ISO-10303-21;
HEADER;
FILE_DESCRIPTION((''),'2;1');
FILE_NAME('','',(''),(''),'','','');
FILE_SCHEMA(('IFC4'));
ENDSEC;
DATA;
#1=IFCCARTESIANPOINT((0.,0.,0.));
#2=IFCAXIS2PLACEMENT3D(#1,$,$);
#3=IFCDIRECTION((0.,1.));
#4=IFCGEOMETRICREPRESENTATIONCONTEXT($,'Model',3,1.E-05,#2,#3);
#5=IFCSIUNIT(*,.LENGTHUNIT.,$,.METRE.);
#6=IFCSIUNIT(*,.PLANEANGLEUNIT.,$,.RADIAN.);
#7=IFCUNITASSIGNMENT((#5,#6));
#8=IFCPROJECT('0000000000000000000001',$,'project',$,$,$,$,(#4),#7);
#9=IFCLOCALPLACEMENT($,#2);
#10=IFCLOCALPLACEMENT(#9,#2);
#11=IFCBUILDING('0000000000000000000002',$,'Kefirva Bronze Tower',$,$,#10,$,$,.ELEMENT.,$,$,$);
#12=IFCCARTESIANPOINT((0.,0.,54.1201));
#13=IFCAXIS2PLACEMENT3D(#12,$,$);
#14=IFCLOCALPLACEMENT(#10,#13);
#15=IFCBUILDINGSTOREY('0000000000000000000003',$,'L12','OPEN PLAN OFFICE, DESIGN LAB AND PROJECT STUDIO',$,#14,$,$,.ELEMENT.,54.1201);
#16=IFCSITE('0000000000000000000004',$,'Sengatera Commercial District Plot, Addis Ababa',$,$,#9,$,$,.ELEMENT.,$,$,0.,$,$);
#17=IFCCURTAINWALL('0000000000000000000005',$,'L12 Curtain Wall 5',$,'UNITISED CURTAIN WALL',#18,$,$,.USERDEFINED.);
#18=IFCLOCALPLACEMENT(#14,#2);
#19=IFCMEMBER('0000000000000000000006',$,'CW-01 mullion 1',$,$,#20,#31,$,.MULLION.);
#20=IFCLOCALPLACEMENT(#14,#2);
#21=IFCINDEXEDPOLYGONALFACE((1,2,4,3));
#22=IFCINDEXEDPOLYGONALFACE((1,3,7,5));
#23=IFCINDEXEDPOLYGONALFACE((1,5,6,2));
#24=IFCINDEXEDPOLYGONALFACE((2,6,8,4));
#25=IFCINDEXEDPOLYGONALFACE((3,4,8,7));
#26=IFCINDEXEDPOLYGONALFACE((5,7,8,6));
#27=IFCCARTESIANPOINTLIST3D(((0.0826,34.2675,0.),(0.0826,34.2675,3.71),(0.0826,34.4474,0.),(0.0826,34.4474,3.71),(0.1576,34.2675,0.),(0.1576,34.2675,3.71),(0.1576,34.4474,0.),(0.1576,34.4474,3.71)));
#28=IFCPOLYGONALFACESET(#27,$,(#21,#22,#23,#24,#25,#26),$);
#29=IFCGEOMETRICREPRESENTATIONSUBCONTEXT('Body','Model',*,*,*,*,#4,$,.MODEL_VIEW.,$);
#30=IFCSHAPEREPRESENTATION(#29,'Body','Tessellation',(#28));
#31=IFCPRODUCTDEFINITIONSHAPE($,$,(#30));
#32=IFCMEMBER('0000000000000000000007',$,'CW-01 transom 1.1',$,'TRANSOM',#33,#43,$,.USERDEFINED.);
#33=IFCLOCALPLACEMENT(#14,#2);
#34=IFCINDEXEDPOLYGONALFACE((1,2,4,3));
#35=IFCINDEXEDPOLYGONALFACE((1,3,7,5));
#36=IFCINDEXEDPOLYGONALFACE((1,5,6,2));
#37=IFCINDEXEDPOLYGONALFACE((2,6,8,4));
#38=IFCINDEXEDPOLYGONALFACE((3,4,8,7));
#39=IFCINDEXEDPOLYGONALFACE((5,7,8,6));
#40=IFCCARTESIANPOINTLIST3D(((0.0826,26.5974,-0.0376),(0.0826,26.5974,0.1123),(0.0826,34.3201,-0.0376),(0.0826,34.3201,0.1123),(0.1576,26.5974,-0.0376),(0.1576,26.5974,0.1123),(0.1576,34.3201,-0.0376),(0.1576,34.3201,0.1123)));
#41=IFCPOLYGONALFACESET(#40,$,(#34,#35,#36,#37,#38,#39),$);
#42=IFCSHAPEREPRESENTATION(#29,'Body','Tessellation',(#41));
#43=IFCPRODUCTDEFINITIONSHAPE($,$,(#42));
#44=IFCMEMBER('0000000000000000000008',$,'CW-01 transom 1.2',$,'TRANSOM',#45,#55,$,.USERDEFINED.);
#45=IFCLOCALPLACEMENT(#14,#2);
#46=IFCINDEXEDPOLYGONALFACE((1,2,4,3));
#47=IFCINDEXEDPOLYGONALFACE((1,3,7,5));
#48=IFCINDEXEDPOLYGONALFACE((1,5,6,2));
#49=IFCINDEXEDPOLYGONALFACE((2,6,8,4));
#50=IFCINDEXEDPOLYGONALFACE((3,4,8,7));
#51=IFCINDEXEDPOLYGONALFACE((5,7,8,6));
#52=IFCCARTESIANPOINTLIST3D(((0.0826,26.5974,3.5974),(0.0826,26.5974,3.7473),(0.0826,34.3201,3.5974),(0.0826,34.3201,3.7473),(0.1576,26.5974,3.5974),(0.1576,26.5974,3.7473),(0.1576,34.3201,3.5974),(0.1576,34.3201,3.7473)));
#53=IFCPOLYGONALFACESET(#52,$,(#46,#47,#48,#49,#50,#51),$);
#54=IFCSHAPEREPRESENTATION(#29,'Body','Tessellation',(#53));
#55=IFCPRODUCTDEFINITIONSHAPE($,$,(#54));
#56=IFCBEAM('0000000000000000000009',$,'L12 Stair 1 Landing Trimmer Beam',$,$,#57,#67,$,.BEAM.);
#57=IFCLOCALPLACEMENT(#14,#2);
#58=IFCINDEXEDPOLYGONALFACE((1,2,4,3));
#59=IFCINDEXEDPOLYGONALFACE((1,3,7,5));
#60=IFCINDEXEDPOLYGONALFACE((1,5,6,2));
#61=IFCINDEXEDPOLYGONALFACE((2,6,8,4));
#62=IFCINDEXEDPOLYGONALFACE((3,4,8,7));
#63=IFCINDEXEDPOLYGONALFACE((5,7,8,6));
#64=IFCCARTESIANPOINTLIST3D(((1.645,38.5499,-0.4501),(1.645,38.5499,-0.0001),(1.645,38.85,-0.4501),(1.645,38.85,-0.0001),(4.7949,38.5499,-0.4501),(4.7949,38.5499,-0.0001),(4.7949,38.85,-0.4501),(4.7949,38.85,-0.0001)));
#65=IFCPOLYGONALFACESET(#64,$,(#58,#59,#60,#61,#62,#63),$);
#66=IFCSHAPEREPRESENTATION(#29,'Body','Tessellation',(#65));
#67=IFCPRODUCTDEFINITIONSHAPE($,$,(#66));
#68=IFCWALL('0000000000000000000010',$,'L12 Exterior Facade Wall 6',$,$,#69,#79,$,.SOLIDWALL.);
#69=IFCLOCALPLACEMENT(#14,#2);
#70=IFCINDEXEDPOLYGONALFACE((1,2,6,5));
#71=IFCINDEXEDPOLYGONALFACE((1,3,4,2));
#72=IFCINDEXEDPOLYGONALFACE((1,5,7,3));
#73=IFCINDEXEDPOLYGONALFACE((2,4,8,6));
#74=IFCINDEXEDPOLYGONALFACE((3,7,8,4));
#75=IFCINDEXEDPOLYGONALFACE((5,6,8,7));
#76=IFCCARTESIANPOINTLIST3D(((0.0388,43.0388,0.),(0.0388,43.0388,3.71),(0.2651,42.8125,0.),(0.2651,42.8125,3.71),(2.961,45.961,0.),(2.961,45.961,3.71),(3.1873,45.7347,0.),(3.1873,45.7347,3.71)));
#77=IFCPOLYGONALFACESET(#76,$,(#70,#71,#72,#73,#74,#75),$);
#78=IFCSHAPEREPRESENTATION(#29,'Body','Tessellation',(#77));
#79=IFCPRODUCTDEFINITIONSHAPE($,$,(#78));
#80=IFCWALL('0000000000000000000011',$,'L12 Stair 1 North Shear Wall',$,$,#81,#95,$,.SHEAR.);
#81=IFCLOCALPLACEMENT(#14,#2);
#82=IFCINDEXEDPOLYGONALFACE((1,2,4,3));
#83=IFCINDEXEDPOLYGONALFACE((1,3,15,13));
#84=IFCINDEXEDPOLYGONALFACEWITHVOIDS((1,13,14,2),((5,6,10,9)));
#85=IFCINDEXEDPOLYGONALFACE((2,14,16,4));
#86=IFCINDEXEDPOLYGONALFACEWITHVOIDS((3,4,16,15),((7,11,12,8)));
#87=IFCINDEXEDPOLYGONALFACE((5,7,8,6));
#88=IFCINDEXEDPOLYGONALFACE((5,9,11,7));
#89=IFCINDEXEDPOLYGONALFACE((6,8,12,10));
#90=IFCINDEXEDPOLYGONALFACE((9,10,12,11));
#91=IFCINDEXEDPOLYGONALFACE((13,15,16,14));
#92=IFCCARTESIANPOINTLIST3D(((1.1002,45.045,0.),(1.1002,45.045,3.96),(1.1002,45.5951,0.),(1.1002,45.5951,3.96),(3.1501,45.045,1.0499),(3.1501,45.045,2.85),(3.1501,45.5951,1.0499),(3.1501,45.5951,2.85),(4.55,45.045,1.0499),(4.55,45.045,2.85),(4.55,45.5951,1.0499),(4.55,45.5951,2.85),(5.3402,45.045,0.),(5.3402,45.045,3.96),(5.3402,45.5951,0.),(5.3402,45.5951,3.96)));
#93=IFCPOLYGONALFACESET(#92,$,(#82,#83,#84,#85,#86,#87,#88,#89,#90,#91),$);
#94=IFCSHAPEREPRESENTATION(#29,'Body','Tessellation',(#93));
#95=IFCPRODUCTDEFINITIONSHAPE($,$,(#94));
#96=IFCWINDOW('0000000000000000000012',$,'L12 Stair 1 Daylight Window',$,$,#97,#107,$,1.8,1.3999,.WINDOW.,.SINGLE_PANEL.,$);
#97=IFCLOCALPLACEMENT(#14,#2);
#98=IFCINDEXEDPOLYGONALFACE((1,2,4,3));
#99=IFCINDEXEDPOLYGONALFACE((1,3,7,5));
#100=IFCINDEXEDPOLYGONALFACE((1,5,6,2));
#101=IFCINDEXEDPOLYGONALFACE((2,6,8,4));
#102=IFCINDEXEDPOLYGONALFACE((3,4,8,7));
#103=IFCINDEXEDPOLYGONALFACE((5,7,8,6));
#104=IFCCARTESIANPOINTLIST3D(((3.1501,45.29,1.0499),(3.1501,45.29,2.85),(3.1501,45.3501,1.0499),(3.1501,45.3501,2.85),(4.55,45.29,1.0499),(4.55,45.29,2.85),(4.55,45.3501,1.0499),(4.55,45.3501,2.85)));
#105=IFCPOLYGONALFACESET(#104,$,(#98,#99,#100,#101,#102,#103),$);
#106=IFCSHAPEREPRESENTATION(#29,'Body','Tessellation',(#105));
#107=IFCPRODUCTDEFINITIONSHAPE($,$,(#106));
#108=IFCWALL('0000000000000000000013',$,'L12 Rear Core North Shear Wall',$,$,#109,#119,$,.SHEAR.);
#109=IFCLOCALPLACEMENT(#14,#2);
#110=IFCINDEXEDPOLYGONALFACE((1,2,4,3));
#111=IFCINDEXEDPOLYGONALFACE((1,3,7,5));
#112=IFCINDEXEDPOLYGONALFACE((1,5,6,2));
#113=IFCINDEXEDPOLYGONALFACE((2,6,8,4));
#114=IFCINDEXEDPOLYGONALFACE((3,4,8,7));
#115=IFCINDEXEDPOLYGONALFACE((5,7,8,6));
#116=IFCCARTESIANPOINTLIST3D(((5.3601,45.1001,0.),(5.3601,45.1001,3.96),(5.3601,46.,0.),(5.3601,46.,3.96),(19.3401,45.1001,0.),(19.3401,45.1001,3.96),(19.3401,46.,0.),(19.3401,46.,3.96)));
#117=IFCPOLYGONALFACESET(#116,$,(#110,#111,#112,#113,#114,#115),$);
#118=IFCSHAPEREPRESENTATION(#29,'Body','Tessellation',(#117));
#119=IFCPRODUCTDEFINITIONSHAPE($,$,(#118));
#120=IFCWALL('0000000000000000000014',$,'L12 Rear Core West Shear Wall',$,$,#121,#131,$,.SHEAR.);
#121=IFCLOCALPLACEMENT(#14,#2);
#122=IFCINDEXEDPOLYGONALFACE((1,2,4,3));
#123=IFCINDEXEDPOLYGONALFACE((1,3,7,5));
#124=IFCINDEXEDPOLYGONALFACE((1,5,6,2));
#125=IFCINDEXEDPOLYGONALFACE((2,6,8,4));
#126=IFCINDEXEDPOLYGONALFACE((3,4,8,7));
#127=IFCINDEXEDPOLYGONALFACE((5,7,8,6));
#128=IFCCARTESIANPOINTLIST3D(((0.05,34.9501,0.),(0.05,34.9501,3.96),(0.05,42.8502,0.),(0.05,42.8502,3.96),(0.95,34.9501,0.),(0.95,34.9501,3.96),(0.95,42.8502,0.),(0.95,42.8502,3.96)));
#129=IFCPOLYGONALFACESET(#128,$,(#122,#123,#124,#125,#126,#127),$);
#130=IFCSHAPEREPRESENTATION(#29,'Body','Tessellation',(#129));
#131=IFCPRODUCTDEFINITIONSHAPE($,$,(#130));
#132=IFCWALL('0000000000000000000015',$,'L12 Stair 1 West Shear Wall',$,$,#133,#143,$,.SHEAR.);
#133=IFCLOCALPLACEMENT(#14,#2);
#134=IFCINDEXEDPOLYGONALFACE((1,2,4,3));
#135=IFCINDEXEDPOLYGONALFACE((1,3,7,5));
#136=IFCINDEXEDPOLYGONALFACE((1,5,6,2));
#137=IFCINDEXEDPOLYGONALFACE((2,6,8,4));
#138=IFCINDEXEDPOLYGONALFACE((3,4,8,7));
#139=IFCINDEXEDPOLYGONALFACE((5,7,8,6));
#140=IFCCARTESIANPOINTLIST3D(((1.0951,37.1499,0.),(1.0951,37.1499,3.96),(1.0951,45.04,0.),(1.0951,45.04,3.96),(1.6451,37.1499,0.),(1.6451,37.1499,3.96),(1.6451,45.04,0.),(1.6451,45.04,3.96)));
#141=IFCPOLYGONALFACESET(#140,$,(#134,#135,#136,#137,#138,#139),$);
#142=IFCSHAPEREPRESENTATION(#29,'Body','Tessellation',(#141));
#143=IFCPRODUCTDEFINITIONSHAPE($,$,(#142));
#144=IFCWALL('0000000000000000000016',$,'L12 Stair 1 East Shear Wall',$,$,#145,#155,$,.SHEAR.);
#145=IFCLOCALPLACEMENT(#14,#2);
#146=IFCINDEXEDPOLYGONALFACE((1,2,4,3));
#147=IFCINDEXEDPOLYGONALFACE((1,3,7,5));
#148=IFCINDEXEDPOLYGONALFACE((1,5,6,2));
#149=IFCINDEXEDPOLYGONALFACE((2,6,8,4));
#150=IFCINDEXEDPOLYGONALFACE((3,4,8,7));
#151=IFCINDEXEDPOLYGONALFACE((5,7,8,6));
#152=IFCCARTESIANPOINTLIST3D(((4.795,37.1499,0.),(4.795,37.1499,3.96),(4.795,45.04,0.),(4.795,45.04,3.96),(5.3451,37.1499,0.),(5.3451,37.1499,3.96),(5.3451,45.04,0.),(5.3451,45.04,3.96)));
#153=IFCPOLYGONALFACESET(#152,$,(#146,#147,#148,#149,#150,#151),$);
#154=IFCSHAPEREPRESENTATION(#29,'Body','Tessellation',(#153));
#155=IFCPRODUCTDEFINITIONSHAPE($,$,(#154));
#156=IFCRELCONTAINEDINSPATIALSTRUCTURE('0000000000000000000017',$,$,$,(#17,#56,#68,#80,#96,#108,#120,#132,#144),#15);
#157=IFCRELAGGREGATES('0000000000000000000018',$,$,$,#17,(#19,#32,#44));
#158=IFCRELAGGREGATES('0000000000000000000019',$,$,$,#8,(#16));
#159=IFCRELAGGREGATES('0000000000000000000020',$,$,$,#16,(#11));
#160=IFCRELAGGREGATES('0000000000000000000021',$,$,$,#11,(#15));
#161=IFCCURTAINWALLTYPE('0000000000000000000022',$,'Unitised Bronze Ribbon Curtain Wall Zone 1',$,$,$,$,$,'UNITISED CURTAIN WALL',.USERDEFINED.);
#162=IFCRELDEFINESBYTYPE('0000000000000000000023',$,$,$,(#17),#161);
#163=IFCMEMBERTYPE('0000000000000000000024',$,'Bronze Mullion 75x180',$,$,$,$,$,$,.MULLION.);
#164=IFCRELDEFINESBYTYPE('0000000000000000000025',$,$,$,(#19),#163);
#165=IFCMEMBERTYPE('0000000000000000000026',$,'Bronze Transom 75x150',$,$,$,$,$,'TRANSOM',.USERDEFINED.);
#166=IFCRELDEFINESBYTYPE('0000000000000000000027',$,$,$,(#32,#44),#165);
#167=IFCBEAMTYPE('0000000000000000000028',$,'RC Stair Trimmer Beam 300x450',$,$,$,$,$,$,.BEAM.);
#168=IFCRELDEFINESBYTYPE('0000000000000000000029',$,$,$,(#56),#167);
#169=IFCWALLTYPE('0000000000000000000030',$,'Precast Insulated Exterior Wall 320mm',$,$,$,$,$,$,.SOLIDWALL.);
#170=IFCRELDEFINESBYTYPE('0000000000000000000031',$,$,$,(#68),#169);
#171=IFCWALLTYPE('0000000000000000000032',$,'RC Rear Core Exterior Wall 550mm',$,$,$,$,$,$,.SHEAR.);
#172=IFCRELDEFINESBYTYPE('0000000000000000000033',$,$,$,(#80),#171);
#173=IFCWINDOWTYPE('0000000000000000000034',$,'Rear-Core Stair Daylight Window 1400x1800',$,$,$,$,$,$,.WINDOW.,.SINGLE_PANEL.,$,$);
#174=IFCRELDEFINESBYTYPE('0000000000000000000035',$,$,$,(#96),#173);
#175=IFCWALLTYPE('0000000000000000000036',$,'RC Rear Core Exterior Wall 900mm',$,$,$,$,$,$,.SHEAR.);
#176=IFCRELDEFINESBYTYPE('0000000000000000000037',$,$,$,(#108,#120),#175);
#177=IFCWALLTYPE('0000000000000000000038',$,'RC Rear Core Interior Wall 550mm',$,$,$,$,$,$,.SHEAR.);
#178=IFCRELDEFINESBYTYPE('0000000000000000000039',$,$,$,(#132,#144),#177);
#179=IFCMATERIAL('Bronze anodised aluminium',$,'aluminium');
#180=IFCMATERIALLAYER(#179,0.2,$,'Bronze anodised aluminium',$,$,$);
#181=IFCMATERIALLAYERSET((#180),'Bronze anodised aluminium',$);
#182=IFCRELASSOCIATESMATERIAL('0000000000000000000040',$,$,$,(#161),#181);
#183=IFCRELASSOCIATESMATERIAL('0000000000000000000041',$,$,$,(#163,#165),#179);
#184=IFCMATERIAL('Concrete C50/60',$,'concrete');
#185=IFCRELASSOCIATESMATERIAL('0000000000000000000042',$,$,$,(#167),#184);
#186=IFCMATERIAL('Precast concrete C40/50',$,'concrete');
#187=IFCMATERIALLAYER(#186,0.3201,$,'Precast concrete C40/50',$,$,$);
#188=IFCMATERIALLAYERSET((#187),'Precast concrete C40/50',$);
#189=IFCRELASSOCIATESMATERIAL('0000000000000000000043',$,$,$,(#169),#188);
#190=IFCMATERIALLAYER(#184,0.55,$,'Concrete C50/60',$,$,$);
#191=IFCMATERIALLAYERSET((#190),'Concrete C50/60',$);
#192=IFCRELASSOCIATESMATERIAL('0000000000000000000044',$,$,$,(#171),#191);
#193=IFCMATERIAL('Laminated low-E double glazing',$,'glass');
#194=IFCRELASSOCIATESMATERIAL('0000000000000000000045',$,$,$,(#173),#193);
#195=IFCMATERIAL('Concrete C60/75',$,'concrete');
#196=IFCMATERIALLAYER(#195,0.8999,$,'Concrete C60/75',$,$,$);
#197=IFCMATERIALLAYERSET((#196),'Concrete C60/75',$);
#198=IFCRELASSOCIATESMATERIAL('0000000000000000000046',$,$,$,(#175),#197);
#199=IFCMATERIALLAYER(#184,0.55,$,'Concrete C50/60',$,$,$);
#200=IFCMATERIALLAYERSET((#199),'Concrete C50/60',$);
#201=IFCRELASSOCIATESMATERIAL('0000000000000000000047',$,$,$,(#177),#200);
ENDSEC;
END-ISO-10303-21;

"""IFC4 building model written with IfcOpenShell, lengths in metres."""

from ifc_helpers import new_model, si_unit, direction, frame, frame_2d, origin, origin_2d, place, context, subcontext, project, spatial, rectangle, extrude, material, layer, layer_set, material_profile, profile_set, type_object, element, fill, aggregate, save


model = new_model("IFC4")

# Units and contexts
model_context = context("Model", 3, precision=1e-05, world=origin(), true_north=direction((0.0, 1.0)))
body_context = subcontext(model_context, "Body", "Model", "MODEL_VIEW")
ifc_project = project(units=[si_unit("LENGTHUNIT", "METRE"), si_unit("PLANEANGLEUNIT", "RADIAN")], contexts=[model_context])

# Site, building, storey
site_placement = place(None, origin())
site = spatial("IfcSite", under=ifc_project, at=site_placement, Name="Sengatera Commercial District Plot, Addis Ababa", CompositionType="ELEMENT", RefElevation=0.0)
building_placement = place(site_placement, origin())
building = spatial("IfcBuilding", under=site, at=building_placement, Name="Kefirva Bronze Tower", CompositionType="ELEMENT")
storey_placement = place(building_placement, frame((0.0, 0.0, 54.1201)))
storey = spatial("IfcBuildingStorey", under=building, at=storey_placement, Name="L12", Description="OPEN PLAN OFFICE, DESIGN LAB AND PROJECT STUDIO", CompositionType="ELEMENT", Elevation=54.1201)

# Curtain wall, members
ifc_material_1 = material(Name="Bronze anodised aluminium", Category="aluminium")
ifc_layer_1 = layer(ifc_material_1, 0.2, Name="Bronze anodised aluminium")
ifc_layer_set_1 = layer_set([ifc_layer_1], Name="Bronze anodised aluminium")
curtain_wall_type = type_object("IfcCurtainWallType", Name="Unitised Bronze Ribbon Curtain Wall Zone 1", ElementType="UNITISED CURTAIN WALL", PredefinedType="USERDEFINED", material=ifc_layer_set_1)
curtain_wall_placement = place(storey_placement, origin())
curtain_wall = element("IfcCurtainWall", 1, at=curtain_wall_placement, inside=storey, type_object=curtain_wall_type, Name="L12 Curtain Wall 5", ObjectType="UNITISED CURTAIN WALL", PredefinedType="USERDEFINED")
ifc_material_profile_1 = material_profile(ifc_material_1, rectangle(XDim=0.075, YDim=0.1799, at=origin_2d()), Name="ALU 75x180")
ifc_profile_set_1 = profile_set([ifc_material_profile_1], Name="Bronze anodised aluminium")
member_type_1 = type_object("IfcMemberType", Name="Bronze Mullion 75x180", PredefinedType="MULLION", material=ifc_profile_set_1)
member_1_placement = place(storey_placement, frame((0.1201, 34.3574, 0.0), z_axis=(0.0, 0.0, 1.0), x_axis=(1.0, 0.0, 0.0)))
member_1 = element("IfcMember", 2, at=member_1_placement, type_object=member_type_1, Name="CW-01 mullion 1", PredefinedType="MULLION", context=body_context, shape_type="SweptSolid", body=[
    extrude(rectangle(XDim=0.075, YDim=0.1799, at=origin_2d()), origin(), (0.0, 0.0, 1.0), 3.71),
])
ifc_material_profile_2 = material_profile(ifc_material_1, rectangle(XDim=0.075, YDim=0.1499, at=origin_2d()), Name="ALU 75x150")
ifc_profile_set_2 = profile_set([ifc_material_profile_2], Name="Bronze anodised aluminium")
member_type_2 = type_object("IfcMemberType", Name="Bronze Transom 75x150", ElementType="TRANSOM", PredefinedType="USERDEFINED", material=ifc_profile_set_2)
member_2_placement = place(storey_placement, frame((0.1201, 34.3201, 0.0374), z_axis=(0.0, -1.0, 0.0), x_axis=(1.0, 0.0, 0.0)))
member_2 = element("IfcMember", 3, at=member_2_placement, type_object=member_type_2, Name="CW-01 transom 1.1", ObjectType="TRANSOM", PredefinedType="USERDEFINED", context=body_context, shape_type="SweptSolid", body=[
    extrude(rectangle(XDim=0.075, YDim=0.1499, at=origin_2d()), origin(), (0.0, 0.0, 1.0), 7.7227),
])
member_3_placement = place(storey_placement, frame((0.1201, 34.3201, 3.6724), z_axis=(0.0, -1.0, 0.0), x_axis=(1.0, 0.0, 0.0)))
member_3 = element("IfcMember", 4, at=member_3_placement, type_object=member_type_2, Name="CW-01 transom 1.2", ObjectType="TRANSOM", PredefinedType="USERDEFINED", context=body_context, shape_type="SweptSolid", body=[
    extrude(rectangle(XDim=0.075, YDim=0.1499, at=origin_2d()), origin(), (0.0, 0.0, 1.0), 7.7227),
])
aggregate(curtain_wall, [member_1, member_2, member_3])

# Beam
ifc_material_2 = material(Name="Concrete C50/60", Category="concrete")
ifc_material_profile_3 = material_profile(ifc_material_2, rectangle(XDim=0.3, YDim=0.45, at=origin_2d()), Name="RC 300x450")
ifc_profile_set_3 = profile_set([ifc_material_profile_3], Name="Concrete C50/60")
beam_type = type_object("IfcBeamType", Name="RC Stair Trimmer Beam 300x450", PredefinedType="BEAM", material=ifc_profile_set_3)
beam_placement = place(storey_placement, frame((1.645, 38.7, -0.2251), z_axis=(1.0, 0.0, 0.0), x_axis=(0.0, 1.0, 0.0)))
element("IfcBeam", 5, at=beam_placement, inside=storey, type_object=beam_type, Name="L12 Stair 1 Landing Trimmer Beam", PredefinedType="BEAM", context=body_context, shape_type="SweptSolid", body=[
    extrude(rectangle(XDim=0.3, YDim=0.45, at=origin_2d()), origin(), (0.0, 0.0, 1.0), 3.1499),
])

# Wall
ifc_material_3 = material(Name="Precast concrete C40/50", Category="concrete")
ifc_layer_2 = layer(ifc_material_3, 0.3201, Name="Precast concrete C40/50")
ifc_layer_set_2 = layer_set([ifc_layer_2], Name="Precast concrete C40/50")
wall_type_1 = type_object("IfcWallType", Name="Precast Insulated Exterior Wall 320mm", PredefinedType="SOLIDWALL", material=ifc_layer_set_2)
wall_1_placement = place(storey_placement, frame((3.0742, 45.8479, 0.0), z_axis=(0.0, 0.0, 1.0), x_axis=(-0.707107, -0.707107, 0.0)))
element("IfcWall", 6, at=wall_1_placement, inside=storey, type_object=wall_type_1, Name="L12 Exterior Facade Wall 6", PredefinedType="SOLIDWALL", context=body_context, shape_type="SweptSolid", body=[
    extrude(rectangle(XDim=4.1326, YDim=0.3201, at=frame_2d((2.0664, 0.0))), origin(), (0.0, 0.0, 1.0), 3.71),
])

# Wall, opening, window
ifc_layer_3 = layer(ifc_material_2, 0.55, Name="Concrete C50/60")
ifc_layer_set_3 = layer_set([ifc_layer_3], Name="Concrete C50/60")
wall_type_2 = type_object("IfcWallType", Name="RC Rear Core Exterior Wall 550mm", PredefinedType="SHEAR", material=ifc_layer_set_3)
wall_2_placement = place(storey_placement, frame((1.1001, 45.3201, 0.0), z_axis=(0.0, 0.0, 1.0), x_axis=(1.0, 0.0, 0.0)))
wall_2 = element("IfcWall", 7, at=wall_2_placement, inside=storey, type_object=wall_type_2, Name="L12 Stair 1 North Shear Wall", PredefinedType="SHEAR", context=body_context, shape_type="SweptSolid", body=[
    extrude(rectangle(XDim=4.24, YDim=0.55, at=frame_2d((2.1201, 0.0))), origin(), (0.0, 0.0, 1.0), 3.96),
])
opening_1_placement = place(wall_2_placement, frame((2.05, 0.0, 1.05)))
opening_1 = element("IfcOpeningElement", 8, at=opening_1_placement, cuts=wall_2, PredefinedType="OPENING", context=body_context, shape_type="SweptSolid", body=[
    extrude(rectangle(XDim=1.3999, YDim=1.8, at=frame_2d((0.7, 0.8999))), frame((0.0, 0.2852, 0.0), z_axis=(0.0, -1.0, 0.0), x_axis=(1.0, 0.0, 0.0)), (0.0, 0.0, 1.0), 0.5701),
])
ifc_material_4 = material(Name="Laminated low-E double glazing", Category="glass")
window_type = type_object("IfcWindowType", Name="Rear-Core Stair Daylight Window 1400x1800", PartitioningType="SINGLE_PANEL", PredefinedType="WINDOW", material=ifc_material_4)
window_placement = place(opening_1_placement, origin())
window = element("IfcWindow", 9, at=window_placement, inside=storey, type_object=window_type, Name="L12 Stair 1 Daylight Window", OverallHeight=1.8, OverallWidth=1.3999, PartitioningType="SINGLE_PANEL", PredefinedType="WINDOW", context=body_context, shape_type="SweptSolid", body=[
    extrude(rectangle(XDim=1.3999, YDim=1.8, at=frame_2d((0.7, 0.8999))), frame((0.0, 0.03, 0.0), z_axis=(0.0, -1.0, 0.0), x_axis=(1.0, 0.0, 0.0)), (0.0, 0.0, 1.0), 0.0601),
])
fill(opening_1, window)

# Walls
ifc_material_5 = material(Name="Concrete C60/75", Category="concrete")
ifc_layer_4 = layer(ifc_material_5, 0.8999, Name="Concrete C60/75")
ifc_layer_set_4 = layer_set([ifc_layer_4], Name="Concrete C60/75")
wall_type_3 = type_object("IfcWallType", Name="RC Rear Core Exterior Wall 900mm", PredefinedType="SHEAR", material=ifc_layer_set_4)
wall_3_placement = place(storey_placement, frame((5.3601, 45.55, 0.0), z_axis=(0.0, 0.0, 1.0), x_axis=(1.0, 0.0, 0.0)))
element("IfcWall", 10, at=wall_3_placement, inside=storey, type_object=wall_type_3, Name="L12 Rear Core North Shear Wall", PredefinedType="SHEAR", context=body_context, shape_type="SweptSolid", body=[
    extrude(rectangle(XDim=13.98, YDim=0.8999, at=frame_2d((6.99, 0.0))), origin(), (0.0, 0.0, 1.0), 3.96),
])
wall_4_placement = place(storey_placement, frame((0.5, 34.95, 0.0), z_axis=(0.0, 0.0, 1.0), x_axis=(0.0, 1.0, 0.0)))
element("IfcWall", 11, at=wall_4_placement, inside=storey, type_object=wall_type_3, Name="L12 Rear Core West Shear Wall", PredefinedType="SHEAR", context=body_context, shape_type="SweptSolid", body=[
    extrude(rectangle(XDim=7.9001, YDim=0.8999, at=frame_2d((3.9502, 0.0))), origin(), (0.0, 0.0, 1.0), 3.96),
])
ifc_layer_5 = layer(ifc_material_2, 0.55, Name="Concrete C50/60")
ifc_layer_set_5 = layer_set([ifc_layer_5], Name="Concrete C50/60")
wall_type_4 = type_object("IfcWallType", Name="RC Rear Core Interior Wall 550mm", PredefinedType="SHEAR", material=ifc_layer_set_5)
for number, where, z_axis, x_axis, name in (
    (12, (1.3701, 37.1499, 0.0), (0.0, 0.0, 1.0), (0.0, 1.0, 0.0), "L12 Stair 1 West Shear Wall"),
    (13, (5.0701, 37.1499, 0.0), (0.0, 0.0, 1.0), (0.0, 1.0, 0.0), "L12 Stair 1 East Shear Wall"),
):
    element("IfcWall", number, at=place(storey_placement, frame(where, z_axis=z_axis, x_axis=x_axis)), inside=storey, type_object=wall_type_4, Name=name, PredefinedType="SHEAR", context=body_context, shape_type="SweptSolid", body=[
        extrude(rectangle(XDim=7.8901, YDim=0.55, at=frame_2d((3.9451, 0.0))), origin(), (0.0, 0.0, 1.0), 3.96),
    ])

save(model, "model.ifc")
